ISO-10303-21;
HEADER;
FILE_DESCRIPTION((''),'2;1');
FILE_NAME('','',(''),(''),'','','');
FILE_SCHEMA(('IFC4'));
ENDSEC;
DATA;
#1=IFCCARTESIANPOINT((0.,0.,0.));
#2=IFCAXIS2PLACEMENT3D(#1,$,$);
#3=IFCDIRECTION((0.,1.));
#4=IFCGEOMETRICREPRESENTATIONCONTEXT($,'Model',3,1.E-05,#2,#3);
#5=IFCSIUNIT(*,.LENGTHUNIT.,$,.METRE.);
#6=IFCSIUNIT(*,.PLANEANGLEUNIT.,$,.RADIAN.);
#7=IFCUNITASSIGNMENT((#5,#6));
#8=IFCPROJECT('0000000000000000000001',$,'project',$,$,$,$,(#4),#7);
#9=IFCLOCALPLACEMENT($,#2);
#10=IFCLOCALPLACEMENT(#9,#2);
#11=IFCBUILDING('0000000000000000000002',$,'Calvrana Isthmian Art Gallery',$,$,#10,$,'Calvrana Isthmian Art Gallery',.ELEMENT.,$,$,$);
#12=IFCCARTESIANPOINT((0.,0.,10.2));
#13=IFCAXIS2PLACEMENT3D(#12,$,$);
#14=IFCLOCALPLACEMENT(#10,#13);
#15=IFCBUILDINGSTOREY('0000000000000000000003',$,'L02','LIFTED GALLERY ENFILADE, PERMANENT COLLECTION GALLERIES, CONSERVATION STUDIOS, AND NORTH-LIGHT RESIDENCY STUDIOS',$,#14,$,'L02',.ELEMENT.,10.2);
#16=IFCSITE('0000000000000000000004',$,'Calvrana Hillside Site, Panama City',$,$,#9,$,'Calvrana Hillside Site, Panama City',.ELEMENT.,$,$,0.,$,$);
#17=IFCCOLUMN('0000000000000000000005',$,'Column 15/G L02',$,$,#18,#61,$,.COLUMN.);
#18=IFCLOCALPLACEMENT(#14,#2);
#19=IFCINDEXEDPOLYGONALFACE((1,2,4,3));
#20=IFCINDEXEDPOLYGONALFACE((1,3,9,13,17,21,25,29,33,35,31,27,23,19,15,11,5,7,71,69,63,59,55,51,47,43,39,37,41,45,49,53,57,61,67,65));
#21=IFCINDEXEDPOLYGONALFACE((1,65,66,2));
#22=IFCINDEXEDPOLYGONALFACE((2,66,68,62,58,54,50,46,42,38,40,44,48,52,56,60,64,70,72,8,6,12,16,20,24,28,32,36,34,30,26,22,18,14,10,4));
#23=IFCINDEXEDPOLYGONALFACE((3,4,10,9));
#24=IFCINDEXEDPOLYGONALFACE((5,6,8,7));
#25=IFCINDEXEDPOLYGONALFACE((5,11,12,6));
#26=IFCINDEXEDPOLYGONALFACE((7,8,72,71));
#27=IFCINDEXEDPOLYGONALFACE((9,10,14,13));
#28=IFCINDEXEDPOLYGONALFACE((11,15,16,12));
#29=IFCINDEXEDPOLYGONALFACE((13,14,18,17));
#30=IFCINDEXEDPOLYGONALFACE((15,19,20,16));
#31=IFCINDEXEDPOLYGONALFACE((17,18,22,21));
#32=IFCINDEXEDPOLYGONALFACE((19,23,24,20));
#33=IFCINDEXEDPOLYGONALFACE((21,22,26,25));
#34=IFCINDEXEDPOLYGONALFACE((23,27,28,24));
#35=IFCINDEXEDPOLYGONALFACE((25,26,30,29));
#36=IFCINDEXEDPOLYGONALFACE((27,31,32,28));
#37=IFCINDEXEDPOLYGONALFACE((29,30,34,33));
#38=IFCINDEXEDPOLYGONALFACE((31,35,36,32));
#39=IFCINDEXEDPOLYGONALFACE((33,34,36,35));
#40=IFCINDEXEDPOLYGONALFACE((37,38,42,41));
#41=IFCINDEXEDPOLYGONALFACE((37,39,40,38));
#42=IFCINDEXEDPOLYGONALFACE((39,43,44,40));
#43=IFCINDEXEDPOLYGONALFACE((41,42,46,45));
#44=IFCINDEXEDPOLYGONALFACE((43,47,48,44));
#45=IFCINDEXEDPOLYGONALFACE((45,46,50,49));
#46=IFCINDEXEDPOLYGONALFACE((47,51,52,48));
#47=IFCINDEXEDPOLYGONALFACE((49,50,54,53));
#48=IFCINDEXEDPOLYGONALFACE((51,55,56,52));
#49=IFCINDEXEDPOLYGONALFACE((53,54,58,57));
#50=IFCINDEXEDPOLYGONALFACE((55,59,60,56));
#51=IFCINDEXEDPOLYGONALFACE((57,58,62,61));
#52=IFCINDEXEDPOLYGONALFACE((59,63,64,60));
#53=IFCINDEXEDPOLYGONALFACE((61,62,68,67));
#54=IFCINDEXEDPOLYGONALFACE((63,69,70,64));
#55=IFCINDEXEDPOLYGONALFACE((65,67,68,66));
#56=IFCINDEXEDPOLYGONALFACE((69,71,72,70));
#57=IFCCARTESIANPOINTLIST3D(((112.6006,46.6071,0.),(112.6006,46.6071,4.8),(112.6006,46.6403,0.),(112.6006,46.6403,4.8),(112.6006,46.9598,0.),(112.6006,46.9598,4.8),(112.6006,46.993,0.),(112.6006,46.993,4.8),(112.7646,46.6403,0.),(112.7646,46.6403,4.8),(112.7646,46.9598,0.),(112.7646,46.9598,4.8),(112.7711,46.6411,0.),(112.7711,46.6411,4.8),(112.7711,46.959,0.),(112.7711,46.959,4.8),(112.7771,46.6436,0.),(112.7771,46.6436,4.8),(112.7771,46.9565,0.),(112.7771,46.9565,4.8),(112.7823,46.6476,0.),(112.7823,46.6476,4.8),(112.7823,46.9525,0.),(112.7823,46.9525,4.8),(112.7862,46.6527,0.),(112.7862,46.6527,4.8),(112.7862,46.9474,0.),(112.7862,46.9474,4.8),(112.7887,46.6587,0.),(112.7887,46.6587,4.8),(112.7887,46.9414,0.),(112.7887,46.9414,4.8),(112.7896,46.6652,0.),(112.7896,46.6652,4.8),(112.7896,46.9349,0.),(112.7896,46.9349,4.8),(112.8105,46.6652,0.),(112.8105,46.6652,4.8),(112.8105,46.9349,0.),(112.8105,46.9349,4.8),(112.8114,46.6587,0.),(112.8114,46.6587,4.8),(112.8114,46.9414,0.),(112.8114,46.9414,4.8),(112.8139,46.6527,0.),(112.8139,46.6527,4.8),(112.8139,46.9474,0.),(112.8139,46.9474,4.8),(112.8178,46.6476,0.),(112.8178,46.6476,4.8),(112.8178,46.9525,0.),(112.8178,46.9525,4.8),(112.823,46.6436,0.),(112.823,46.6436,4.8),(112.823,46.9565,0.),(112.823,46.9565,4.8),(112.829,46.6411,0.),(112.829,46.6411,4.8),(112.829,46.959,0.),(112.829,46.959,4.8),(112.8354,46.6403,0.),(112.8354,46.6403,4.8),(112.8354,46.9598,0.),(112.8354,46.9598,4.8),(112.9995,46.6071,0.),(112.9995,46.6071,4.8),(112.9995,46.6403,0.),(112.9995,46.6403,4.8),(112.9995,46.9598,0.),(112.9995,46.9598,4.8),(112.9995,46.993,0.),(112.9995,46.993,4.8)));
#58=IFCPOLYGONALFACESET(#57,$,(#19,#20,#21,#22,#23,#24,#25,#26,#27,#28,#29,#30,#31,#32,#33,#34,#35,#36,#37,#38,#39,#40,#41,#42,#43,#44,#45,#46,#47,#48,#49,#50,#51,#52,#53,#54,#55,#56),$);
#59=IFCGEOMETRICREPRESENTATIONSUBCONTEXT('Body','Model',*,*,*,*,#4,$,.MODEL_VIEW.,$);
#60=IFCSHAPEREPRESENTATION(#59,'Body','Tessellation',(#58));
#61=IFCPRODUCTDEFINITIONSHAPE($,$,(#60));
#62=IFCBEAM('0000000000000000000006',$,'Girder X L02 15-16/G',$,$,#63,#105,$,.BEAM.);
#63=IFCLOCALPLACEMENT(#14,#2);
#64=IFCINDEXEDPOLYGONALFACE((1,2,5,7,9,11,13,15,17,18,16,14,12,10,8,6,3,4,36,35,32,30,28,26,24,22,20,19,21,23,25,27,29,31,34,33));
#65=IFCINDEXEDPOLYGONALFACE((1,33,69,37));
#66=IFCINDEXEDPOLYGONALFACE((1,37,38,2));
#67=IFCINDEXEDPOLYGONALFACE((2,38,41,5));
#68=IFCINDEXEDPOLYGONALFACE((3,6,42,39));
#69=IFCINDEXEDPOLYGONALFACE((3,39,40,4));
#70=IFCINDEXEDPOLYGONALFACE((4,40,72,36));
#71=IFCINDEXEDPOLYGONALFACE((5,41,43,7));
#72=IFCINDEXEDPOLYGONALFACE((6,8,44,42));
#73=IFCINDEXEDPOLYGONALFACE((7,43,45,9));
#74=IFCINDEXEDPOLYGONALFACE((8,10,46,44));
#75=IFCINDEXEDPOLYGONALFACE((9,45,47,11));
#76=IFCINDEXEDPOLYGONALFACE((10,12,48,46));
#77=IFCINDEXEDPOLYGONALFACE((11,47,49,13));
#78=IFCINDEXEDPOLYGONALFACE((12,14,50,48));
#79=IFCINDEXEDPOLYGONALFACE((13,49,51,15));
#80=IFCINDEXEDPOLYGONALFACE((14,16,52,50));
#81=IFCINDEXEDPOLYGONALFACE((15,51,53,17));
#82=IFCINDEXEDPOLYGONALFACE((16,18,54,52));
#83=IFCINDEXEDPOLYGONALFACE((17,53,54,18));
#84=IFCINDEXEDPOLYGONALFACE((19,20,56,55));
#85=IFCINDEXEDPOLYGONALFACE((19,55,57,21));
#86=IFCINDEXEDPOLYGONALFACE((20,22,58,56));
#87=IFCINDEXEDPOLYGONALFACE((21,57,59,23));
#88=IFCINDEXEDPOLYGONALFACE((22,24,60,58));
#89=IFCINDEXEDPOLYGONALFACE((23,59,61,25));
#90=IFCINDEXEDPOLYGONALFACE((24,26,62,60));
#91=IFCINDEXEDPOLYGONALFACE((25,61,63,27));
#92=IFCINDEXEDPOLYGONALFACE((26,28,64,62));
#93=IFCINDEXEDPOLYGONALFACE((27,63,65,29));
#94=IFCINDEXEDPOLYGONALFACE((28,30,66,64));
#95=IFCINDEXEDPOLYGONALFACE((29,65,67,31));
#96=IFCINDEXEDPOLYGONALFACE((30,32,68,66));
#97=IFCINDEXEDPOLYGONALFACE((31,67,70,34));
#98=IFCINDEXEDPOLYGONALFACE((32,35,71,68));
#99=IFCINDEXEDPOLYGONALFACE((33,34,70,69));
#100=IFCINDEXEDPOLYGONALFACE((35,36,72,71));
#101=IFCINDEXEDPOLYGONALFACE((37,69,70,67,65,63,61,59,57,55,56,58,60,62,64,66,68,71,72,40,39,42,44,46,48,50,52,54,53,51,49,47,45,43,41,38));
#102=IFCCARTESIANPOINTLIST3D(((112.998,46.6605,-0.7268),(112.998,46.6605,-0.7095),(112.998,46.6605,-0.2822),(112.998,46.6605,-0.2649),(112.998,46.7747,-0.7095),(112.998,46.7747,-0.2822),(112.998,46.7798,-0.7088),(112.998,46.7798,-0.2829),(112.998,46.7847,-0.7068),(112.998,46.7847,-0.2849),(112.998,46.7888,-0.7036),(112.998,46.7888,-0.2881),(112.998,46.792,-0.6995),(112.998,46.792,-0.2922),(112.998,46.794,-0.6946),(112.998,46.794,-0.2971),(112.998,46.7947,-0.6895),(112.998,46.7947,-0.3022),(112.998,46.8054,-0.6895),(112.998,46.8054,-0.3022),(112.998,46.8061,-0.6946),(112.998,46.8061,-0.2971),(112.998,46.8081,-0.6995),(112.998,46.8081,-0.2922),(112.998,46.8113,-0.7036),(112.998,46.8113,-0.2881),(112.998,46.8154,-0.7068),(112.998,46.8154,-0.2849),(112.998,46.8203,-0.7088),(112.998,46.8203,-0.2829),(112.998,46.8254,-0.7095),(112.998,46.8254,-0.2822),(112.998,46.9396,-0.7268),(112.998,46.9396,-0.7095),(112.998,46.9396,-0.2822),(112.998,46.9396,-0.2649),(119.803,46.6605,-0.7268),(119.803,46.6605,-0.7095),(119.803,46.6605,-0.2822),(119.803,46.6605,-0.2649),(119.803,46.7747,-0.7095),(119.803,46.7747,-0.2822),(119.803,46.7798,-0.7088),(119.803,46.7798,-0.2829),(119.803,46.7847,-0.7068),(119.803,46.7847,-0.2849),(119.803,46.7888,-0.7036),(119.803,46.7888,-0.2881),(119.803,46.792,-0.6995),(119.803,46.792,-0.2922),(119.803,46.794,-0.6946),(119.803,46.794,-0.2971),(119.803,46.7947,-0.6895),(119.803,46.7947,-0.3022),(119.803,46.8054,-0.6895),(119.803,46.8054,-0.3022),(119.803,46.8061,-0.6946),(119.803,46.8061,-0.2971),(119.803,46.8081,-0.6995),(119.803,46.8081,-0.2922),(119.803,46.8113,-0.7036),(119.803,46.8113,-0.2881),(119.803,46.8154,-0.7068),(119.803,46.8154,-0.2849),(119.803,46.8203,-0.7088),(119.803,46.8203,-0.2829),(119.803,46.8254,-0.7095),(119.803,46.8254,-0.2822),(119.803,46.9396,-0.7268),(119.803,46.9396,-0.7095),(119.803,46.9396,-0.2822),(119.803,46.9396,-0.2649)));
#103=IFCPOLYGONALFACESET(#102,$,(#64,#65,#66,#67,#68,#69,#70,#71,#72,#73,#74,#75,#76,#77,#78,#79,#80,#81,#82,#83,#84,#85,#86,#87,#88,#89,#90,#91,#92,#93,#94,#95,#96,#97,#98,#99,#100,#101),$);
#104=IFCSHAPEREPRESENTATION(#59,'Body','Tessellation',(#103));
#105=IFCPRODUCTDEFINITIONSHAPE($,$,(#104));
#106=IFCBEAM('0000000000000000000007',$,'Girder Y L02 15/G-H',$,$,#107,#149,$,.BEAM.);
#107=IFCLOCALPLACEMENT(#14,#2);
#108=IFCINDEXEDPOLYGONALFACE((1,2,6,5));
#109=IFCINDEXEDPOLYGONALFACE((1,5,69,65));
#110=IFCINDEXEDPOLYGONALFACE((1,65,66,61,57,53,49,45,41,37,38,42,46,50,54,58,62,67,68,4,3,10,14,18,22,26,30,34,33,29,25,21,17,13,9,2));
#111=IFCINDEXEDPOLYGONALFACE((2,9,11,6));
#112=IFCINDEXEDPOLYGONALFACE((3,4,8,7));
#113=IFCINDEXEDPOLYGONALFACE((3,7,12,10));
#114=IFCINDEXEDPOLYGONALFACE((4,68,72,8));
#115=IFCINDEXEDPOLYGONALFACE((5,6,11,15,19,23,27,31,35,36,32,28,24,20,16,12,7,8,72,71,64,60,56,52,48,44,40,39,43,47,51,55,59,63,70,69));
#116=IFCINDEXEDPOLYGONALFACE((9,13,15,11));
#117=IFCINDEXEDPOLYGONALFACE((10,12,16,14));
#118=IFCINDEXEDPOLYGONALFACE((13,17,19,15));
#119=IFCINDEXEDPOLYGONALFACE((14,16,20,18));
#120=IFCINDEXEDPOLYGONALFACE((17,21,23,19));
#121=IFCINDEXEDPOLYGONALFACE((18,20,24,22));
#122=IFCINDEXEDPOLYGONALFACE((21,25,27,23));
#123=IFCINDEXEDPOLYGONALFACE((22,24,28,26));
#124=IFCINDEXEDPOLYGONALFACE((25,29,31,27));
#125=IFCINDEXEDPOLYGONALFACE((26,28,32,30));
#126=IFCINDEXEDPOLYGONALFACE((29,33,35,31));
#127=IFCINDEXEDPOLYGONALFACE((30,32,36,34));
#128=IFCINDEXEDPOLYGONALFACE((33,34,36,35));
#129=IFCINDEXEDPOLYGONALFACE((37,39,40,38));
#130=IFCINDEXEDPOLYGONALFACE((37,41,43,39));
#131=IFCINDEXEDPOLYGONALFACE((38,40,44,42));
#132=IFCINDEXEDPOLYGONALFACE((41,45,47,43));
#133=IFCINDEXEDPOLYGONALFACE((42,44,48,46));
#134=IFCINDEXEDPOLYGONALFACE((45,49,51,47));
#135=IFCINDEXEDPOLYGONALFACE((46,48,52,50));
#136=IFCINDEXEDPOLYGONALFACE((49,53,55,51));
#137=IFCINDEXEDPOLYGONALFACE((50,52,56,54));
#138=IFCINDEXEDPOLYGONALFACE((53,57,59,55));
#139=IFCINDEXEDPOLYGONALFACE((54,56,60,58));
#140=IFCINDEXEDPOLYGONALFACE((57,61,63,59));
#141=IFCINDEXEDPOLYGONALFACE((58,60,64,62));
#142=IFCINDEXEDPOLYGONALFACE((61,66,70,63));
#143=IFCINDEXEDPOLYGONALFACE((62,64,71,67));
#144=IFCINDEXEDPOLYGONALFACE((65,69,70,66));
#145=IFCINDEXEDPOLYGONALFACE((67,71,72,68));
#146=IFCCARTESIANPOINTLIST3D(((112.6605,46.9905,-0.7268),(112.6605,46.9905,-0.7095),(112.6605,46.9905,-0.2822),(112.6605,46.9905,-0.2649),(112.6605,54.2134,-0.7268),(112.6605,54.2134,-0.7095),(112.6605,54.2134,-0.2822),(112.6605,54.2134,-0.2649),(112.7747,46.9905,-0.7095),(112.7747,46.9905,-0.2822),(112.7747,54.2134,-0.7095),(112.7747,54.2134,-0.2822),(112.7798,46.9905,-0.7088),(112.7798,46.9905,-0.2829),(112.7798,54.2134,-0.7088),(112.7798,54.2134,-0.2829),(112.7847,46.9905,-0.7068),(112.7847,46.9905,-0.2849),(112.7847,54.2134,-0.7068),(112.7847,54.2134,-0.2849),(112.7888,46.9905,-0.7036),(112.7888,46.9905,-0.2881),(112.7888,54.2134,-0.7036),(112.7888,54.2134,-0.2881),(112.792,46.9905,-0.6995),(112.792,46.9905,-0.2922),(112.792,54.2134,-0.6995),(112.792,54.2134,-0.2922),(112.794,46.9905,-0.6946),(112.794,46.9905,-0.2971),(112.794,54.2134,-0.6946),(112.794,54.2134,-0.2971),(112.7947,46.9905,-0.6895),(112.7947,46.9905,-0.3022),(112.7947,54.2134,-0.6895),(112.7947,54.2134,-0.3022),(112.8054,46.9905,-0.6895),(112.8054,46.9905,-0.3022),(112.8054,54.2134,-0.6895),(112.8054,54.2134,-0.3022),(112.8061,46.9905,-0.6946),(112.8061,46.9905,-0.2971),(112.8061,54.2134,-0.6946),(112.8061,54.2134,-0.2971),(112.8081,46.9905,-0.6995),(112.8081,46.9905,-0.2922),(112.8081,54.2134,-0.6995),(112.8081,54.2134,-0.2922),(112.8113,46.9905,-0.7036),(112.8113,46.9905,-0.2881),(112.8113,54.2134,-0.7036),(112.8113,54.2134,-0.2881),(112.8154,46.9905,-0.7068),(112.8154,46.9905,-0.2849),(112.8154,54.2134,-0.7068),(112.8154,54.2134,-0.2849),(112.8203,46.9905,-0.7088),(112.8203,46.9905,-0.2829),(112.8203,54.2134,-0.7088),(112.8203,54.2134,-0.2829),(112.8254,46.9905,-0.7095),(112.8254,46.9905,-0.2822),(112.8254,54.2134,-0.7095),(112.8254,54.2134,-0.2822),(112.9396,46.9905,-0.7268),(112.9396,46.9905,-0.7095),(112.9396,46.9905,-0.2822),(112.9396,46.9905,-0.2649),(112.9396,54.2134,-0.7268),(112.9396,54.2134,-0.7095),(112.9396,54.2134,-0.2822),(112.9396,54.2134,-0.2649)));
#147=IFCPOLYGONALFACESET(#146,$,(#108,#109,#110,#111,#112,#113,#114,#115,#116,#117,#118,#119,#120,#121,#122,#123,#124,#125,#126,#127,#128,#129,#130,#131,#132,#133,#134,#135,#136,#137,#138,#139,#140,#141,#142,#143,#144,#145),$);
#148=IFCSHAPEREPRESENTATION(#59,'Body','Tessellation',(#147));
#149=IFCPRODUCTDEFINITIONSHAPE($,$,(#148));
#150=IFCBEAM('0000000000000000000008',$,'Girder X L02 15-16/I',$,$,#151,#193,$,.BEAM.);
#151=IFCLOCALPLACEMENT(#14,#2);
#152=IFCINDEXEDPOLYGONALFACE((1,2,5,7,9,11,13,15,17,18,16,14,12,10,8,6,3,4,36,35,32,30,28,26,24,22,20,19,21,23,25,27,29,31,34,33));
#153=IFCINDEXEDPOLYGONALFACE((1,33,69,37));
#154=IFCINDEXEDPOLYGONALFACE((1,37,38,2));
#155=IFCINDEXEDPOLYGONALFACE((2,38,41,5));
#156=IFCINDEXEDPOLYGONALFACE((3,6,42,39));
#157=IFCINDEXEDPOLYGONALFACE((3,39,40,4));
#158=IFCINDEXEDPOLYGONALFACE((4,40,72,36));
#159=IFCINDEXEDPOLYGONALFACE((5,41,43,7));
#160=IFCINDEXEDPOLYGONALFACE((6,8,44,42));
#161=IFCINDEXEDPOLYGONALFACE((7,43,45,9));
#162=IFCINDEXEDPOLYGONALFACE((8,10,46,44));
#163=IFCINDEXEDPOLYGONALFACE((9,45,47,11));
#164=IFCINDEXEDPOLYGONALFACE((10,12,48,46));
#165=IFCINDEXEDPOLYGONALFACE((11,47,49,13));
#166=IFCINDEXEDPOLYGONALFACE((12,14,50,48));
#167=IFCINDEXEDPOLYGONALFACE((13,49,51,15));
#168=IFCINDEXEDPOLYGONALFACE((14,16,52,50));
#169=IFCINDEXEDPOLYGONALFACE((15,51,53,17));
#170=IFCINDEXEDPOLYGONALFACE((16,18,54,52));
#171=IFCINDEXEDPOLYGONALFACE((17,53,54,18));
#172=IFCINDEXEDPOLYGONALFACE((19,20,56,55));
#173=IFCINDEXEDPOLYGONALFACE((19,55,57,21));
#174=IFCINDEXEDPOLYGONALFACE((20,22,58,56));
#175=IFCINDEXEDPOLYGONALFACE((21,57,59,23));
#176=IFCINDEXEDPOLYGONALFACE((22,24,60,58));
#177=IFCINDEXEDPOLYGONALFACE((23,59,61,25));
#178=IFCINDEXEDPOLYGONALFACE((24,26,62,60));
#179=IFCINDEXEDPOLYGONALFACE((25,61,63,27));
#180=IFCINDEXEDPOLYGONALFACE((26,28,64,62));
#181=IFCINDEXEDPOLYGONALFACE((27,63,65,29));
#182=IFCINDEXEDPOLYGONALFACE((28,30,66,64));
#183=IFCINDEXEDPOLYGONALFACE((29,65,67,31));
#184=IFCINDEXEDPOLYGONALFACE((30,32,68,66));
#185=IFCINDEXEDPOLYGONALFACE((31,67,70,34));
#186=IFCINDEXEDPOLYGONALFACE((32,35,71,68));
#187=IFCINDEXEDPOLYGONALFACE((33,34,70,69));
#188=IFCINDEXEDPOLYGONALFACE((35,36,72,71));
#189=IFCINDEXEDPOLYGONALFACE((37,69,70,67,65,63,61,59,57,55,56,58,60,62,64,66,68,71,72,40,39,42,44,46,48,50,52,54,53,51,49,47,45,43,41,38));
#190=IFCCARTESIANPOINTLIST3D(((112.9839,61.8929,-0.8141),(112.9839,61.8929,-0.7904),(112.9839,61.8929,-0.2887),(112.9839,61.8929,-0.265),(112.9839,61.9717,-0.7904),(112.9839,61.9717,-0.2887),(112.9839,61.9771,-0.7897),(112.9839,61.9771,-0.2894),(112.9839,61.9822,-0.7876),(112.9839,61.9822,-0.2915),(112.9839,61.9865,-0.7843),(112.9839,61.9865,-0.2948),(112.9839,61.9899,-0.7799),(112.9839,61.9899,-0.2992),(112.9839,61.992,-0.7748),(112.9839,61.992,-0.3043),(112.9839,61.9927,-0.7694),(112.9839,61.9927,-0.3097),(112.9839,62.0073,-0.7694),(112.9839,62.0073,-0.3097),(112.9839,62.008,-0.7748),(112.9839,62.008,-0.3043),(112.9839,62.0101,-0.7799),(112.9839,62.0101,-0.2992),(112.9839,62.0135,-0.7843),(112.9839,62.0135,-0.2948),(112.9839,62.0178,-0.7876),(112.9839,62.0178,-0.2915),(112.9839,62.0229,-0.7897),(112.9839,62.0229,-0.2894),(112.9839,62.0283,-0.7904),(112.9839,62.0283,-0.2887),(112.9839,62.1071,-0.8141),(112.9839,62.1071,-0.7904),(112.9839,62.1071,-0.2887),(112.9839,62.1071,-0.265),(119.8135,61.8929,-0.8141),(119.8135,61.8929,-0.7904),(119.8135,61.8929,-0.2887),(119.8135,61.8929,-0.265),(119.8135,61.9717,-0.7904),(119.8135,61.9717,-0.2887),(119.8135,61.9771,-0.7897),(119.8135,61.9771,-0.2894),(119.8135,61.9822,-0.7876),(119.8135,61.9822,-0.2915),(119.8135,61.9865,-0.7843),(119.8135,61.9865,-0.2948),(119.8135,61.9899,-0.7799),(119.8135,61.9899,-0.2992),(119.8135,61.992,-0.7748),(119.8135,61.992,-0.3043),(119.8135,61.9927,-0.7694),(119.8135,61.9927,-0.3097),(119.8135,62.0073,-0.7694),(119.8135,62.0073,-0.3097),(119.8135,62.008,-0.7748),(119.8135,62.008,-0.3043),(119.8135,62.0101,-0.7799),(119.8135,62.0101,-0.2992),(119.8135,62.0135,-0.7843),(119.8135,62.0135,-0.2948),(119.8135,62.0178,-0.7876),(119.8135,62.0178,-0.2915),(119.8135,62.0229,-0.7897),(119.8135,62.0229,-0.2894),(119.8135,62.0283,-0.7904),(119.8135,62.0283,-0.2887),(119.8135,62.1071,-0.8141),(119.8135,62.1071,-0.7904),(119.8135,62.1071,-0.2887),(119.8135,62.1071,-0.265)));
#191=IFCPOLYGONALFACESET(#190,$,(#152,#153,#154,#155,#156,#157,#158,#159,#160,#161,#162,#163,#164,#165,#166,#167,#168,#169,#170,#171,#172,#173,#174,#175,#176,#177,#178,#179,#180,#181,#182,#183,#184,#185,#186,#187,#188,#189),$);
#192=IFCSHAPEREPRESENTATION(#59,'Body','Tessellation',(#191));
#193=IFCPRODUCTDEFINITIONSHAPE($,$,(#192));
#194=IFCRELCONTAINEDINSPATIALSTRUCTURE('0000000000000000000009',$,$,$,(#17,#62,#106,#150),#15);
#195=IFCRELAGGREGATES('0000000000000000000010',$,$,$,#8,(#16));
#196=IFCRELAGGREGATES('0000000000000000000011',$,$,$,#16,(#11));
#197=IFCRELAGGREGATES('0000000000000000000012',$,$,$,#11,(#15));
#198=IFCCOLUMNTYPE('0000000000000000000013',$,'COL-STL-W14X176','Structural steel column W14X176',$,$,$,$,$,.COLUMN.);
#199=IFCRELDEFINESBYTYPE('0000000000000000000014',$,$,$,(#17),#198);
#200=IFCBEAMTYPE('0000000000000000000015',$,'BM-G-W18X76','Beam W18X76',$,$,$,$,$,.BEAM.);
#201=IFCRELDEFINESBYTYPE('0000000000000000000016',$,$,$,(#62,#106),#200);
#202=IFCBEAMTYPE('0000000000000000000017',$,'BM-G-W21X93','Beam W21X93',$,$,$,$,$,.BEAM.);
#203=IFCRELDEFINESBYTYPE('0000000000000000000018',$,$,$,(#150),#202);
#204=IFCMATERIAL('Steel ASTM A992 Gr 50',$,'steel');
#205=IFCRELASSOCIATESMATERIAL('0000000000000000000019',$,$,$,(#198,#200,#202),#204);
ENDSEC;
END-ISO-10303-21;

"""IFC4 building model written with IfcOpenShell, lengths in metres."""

from ifc_helpers import new_model, si_unit, direction, frame, origin, origin_2d, place, context, subcontext, project, spatial, i_section, extrude, material, material_profile, profile_set, type_object, element, save


model = new_model("IFC4")

# Units and contexts
model_context = context("Model", 3, precision=1e-05, world=origin(), true_north=direction((0.0, 1.0)))
body_context = subcontext(model_context, "Body", "Model", "MODEL_VIEW")
ifc_project = project(units=[si_unit("LENGTHUNIT", "METRE"), si_unit("PLANEANGLEUNIT", "RADIAN")], contexts=[model_context])

# Site, building, storey
site_placement = place(None, origin())
site = spatial("IfcSite", under=ifc_project, at=site_placement, Name="Calvrana Hillside Site, Panama City", LongName="Calvrana Hillside Site, Panama City", CompositionType="ELEMENT", RefElevation=0.0)
building_placement = place(site_placement, origin())
building = spatial("IfcBuilding", under=site, at=building_placement, Name="Calvrana Isthmian Art Gallery", LongName="Calvrana Isthmian Art Gallery", CompositionType="ELEMENT")
storey_placement = place(building_placement, frame((0.0, 0.0, 10.2)))
storey = spatial("IfcBuildingStorey", under=building, at=storey_placement, Name="L02", Description="LIFTED GALLERY ENFILADE, PERMANENT COLLECTION GALLERIES, CONSERVATION STUDIOS, AND NORTH-LIGHT RESIDENCY STUDIOS", LongName="L02", CompositionType="ELEMENT", Elevation=10.2)

# Column
ifc_material_1 = material(Name="Steel ASTM A992 Gr 50", Category="steel")
ifc_material_profile_1 = material_profile(ifc_material_1, i_section(OverallWidth=0.3989, OverallDepth=0.386, WebThickness=0.021, FlangeThickness=0.0332, FilletRadius=0.0249, at=origin_2d()), Name="W14X176")
ifc_profile_set_1 = profile_set([ifc_material_profile_1], Name="Steel ASTM A992 Gr 50")
column_type = type_object("IfcColumnType", Name="COL-STL-W14X176", Description="Structural steel column W14X176", PredefinedType="COLUMN", material=ifc_profile_set_1)
column_placement = place(storey_placement, frame((112.8, 46.8, 0.0), z_axis=(0.0, 0.0, 1.0), x_axis=(1.0, 0.0, 0.0)))
element("IfcColumn", 1, at=column_placement, inside=storey, type_object=column_type, Name="Column 15/G L02", PredefinedType="COLUMN", context=body_context, shape_type="SweptSolid", body=[
    extrude(i_section(OverallWidth=0.3989, OverallDepth=0.386, WebThickness=0.021, FlangeThickness=0.0332, FilletRadius=0.0249, at=origin_2d()), origin(), (0.0, 0.0, 1.0), 4.8),
])

# Beams
ifc_material_profile_2 = material_profile(ifc_material_1, i_section(OverallWidth=0.2791, OverallDepth=0.4619, WebThickness=0.0107, FlangeThickness=0.0173, FilletRadius=0.02, at=origin_2d()), Name="W18X76")
ifc_profile_set_2 = profile_set([ifc_material_profile_2], Name="Steel ASTM A992 Gr 50")
beam_type_1 = type_object("IfcBeamType", Name="BM-G-W18X76", Description="Beam W18X76", PredefinedType="BEAM", material=ifc_profile_set_2)
beam_1_placement = place(storey_placement, frame((112.998, 46.8, -0.4958), z_axis=(1.0, 0.0, 0.0), x_axis=(0.0, 1.0, 0.0)))
element("IfcBeam", 2, at=beam_1_placement, inside=storey, type_object=beam_type_1, Name="Girder X L02 15-16/G", PredefinedType="BEAM", context=body_context, shape_type="SweptSolid", body=[
    extrude(i_section(OverallWidth=0.2791, OverallDepth=0.4619, WebThickness=0.0107, FlangeThickness=0.0173, FilletRadius=0.02, at=origin_2d()), origin(), (0.0, 0.0, 1.0), 6.8049),
])
beam_2_placement = place(storey_placement, frame((112.8, 46.9905, -0.4958), z_axis=(0.0, 1.0, 0.0), x_axis=(-1.0, 0.0, 0.0)))
element("IfcBeam", 3, at=beam_2_placement, inside=storey, type_object=beam_type_1, Name="Girder Y L02 15/G-H", PredefinedType="BEAM", context=body_context, shape_type="SweptSolid", body=[
    extrude(i_section(OverallWidth=0.2791, OverallDepth=0.4619, WebThickness=0.0107, FlangeThickness=0.0173, FilletRadius=0.02, at=origin_2d()), origin(), (0.0, 0.0, 1.0), 7.2229),
])
ifc_material_profile_3 = material_profile(ifc_material_1, i_section(OverallWidth=0.2141, OverallDepth=0.5491, WebThickness=0.0146, FlangeThickness=0.0237, FilletRadius=0.021, at=origin_2d()), Name="W21X93")
ifc_profile_set_3 = profile_set([ifc_material_profile_3], Name="Steel ASTM A992 Gr 50")
beam_type_2 = type_object("IfcBeamType", Name="BM-G-W21X93", Description="Beam W21X93", PredefinedType="BEAM", material=ifc_profile_set_3)
beam_3_placement = place(storey_placement, frame((112.9839, 62.0, -0.5396), z_axis=(1.0, 0.0, 0.0), x_axis=(0.0, 1.0, 0.0)))
element("IfcBeam", 4, at=beam_3_placement, inside=storey, type_object=beam_type_2, Name="Girder X L02 15-16/I", PredefinedType="BEAM", context=body_context, shape_type="SweptSolid", body=[
    extrude(i_section(OverallWidth=0.2141, OverallDepth=0.5491, WebThickness=0.0146, FlangeThickness=0.0237, FilletRadius=0.021, at=origin_2d()), origin(), (0.0, 0.0, 1.0), 6.8296),
])

save(model, "model.ifc")
